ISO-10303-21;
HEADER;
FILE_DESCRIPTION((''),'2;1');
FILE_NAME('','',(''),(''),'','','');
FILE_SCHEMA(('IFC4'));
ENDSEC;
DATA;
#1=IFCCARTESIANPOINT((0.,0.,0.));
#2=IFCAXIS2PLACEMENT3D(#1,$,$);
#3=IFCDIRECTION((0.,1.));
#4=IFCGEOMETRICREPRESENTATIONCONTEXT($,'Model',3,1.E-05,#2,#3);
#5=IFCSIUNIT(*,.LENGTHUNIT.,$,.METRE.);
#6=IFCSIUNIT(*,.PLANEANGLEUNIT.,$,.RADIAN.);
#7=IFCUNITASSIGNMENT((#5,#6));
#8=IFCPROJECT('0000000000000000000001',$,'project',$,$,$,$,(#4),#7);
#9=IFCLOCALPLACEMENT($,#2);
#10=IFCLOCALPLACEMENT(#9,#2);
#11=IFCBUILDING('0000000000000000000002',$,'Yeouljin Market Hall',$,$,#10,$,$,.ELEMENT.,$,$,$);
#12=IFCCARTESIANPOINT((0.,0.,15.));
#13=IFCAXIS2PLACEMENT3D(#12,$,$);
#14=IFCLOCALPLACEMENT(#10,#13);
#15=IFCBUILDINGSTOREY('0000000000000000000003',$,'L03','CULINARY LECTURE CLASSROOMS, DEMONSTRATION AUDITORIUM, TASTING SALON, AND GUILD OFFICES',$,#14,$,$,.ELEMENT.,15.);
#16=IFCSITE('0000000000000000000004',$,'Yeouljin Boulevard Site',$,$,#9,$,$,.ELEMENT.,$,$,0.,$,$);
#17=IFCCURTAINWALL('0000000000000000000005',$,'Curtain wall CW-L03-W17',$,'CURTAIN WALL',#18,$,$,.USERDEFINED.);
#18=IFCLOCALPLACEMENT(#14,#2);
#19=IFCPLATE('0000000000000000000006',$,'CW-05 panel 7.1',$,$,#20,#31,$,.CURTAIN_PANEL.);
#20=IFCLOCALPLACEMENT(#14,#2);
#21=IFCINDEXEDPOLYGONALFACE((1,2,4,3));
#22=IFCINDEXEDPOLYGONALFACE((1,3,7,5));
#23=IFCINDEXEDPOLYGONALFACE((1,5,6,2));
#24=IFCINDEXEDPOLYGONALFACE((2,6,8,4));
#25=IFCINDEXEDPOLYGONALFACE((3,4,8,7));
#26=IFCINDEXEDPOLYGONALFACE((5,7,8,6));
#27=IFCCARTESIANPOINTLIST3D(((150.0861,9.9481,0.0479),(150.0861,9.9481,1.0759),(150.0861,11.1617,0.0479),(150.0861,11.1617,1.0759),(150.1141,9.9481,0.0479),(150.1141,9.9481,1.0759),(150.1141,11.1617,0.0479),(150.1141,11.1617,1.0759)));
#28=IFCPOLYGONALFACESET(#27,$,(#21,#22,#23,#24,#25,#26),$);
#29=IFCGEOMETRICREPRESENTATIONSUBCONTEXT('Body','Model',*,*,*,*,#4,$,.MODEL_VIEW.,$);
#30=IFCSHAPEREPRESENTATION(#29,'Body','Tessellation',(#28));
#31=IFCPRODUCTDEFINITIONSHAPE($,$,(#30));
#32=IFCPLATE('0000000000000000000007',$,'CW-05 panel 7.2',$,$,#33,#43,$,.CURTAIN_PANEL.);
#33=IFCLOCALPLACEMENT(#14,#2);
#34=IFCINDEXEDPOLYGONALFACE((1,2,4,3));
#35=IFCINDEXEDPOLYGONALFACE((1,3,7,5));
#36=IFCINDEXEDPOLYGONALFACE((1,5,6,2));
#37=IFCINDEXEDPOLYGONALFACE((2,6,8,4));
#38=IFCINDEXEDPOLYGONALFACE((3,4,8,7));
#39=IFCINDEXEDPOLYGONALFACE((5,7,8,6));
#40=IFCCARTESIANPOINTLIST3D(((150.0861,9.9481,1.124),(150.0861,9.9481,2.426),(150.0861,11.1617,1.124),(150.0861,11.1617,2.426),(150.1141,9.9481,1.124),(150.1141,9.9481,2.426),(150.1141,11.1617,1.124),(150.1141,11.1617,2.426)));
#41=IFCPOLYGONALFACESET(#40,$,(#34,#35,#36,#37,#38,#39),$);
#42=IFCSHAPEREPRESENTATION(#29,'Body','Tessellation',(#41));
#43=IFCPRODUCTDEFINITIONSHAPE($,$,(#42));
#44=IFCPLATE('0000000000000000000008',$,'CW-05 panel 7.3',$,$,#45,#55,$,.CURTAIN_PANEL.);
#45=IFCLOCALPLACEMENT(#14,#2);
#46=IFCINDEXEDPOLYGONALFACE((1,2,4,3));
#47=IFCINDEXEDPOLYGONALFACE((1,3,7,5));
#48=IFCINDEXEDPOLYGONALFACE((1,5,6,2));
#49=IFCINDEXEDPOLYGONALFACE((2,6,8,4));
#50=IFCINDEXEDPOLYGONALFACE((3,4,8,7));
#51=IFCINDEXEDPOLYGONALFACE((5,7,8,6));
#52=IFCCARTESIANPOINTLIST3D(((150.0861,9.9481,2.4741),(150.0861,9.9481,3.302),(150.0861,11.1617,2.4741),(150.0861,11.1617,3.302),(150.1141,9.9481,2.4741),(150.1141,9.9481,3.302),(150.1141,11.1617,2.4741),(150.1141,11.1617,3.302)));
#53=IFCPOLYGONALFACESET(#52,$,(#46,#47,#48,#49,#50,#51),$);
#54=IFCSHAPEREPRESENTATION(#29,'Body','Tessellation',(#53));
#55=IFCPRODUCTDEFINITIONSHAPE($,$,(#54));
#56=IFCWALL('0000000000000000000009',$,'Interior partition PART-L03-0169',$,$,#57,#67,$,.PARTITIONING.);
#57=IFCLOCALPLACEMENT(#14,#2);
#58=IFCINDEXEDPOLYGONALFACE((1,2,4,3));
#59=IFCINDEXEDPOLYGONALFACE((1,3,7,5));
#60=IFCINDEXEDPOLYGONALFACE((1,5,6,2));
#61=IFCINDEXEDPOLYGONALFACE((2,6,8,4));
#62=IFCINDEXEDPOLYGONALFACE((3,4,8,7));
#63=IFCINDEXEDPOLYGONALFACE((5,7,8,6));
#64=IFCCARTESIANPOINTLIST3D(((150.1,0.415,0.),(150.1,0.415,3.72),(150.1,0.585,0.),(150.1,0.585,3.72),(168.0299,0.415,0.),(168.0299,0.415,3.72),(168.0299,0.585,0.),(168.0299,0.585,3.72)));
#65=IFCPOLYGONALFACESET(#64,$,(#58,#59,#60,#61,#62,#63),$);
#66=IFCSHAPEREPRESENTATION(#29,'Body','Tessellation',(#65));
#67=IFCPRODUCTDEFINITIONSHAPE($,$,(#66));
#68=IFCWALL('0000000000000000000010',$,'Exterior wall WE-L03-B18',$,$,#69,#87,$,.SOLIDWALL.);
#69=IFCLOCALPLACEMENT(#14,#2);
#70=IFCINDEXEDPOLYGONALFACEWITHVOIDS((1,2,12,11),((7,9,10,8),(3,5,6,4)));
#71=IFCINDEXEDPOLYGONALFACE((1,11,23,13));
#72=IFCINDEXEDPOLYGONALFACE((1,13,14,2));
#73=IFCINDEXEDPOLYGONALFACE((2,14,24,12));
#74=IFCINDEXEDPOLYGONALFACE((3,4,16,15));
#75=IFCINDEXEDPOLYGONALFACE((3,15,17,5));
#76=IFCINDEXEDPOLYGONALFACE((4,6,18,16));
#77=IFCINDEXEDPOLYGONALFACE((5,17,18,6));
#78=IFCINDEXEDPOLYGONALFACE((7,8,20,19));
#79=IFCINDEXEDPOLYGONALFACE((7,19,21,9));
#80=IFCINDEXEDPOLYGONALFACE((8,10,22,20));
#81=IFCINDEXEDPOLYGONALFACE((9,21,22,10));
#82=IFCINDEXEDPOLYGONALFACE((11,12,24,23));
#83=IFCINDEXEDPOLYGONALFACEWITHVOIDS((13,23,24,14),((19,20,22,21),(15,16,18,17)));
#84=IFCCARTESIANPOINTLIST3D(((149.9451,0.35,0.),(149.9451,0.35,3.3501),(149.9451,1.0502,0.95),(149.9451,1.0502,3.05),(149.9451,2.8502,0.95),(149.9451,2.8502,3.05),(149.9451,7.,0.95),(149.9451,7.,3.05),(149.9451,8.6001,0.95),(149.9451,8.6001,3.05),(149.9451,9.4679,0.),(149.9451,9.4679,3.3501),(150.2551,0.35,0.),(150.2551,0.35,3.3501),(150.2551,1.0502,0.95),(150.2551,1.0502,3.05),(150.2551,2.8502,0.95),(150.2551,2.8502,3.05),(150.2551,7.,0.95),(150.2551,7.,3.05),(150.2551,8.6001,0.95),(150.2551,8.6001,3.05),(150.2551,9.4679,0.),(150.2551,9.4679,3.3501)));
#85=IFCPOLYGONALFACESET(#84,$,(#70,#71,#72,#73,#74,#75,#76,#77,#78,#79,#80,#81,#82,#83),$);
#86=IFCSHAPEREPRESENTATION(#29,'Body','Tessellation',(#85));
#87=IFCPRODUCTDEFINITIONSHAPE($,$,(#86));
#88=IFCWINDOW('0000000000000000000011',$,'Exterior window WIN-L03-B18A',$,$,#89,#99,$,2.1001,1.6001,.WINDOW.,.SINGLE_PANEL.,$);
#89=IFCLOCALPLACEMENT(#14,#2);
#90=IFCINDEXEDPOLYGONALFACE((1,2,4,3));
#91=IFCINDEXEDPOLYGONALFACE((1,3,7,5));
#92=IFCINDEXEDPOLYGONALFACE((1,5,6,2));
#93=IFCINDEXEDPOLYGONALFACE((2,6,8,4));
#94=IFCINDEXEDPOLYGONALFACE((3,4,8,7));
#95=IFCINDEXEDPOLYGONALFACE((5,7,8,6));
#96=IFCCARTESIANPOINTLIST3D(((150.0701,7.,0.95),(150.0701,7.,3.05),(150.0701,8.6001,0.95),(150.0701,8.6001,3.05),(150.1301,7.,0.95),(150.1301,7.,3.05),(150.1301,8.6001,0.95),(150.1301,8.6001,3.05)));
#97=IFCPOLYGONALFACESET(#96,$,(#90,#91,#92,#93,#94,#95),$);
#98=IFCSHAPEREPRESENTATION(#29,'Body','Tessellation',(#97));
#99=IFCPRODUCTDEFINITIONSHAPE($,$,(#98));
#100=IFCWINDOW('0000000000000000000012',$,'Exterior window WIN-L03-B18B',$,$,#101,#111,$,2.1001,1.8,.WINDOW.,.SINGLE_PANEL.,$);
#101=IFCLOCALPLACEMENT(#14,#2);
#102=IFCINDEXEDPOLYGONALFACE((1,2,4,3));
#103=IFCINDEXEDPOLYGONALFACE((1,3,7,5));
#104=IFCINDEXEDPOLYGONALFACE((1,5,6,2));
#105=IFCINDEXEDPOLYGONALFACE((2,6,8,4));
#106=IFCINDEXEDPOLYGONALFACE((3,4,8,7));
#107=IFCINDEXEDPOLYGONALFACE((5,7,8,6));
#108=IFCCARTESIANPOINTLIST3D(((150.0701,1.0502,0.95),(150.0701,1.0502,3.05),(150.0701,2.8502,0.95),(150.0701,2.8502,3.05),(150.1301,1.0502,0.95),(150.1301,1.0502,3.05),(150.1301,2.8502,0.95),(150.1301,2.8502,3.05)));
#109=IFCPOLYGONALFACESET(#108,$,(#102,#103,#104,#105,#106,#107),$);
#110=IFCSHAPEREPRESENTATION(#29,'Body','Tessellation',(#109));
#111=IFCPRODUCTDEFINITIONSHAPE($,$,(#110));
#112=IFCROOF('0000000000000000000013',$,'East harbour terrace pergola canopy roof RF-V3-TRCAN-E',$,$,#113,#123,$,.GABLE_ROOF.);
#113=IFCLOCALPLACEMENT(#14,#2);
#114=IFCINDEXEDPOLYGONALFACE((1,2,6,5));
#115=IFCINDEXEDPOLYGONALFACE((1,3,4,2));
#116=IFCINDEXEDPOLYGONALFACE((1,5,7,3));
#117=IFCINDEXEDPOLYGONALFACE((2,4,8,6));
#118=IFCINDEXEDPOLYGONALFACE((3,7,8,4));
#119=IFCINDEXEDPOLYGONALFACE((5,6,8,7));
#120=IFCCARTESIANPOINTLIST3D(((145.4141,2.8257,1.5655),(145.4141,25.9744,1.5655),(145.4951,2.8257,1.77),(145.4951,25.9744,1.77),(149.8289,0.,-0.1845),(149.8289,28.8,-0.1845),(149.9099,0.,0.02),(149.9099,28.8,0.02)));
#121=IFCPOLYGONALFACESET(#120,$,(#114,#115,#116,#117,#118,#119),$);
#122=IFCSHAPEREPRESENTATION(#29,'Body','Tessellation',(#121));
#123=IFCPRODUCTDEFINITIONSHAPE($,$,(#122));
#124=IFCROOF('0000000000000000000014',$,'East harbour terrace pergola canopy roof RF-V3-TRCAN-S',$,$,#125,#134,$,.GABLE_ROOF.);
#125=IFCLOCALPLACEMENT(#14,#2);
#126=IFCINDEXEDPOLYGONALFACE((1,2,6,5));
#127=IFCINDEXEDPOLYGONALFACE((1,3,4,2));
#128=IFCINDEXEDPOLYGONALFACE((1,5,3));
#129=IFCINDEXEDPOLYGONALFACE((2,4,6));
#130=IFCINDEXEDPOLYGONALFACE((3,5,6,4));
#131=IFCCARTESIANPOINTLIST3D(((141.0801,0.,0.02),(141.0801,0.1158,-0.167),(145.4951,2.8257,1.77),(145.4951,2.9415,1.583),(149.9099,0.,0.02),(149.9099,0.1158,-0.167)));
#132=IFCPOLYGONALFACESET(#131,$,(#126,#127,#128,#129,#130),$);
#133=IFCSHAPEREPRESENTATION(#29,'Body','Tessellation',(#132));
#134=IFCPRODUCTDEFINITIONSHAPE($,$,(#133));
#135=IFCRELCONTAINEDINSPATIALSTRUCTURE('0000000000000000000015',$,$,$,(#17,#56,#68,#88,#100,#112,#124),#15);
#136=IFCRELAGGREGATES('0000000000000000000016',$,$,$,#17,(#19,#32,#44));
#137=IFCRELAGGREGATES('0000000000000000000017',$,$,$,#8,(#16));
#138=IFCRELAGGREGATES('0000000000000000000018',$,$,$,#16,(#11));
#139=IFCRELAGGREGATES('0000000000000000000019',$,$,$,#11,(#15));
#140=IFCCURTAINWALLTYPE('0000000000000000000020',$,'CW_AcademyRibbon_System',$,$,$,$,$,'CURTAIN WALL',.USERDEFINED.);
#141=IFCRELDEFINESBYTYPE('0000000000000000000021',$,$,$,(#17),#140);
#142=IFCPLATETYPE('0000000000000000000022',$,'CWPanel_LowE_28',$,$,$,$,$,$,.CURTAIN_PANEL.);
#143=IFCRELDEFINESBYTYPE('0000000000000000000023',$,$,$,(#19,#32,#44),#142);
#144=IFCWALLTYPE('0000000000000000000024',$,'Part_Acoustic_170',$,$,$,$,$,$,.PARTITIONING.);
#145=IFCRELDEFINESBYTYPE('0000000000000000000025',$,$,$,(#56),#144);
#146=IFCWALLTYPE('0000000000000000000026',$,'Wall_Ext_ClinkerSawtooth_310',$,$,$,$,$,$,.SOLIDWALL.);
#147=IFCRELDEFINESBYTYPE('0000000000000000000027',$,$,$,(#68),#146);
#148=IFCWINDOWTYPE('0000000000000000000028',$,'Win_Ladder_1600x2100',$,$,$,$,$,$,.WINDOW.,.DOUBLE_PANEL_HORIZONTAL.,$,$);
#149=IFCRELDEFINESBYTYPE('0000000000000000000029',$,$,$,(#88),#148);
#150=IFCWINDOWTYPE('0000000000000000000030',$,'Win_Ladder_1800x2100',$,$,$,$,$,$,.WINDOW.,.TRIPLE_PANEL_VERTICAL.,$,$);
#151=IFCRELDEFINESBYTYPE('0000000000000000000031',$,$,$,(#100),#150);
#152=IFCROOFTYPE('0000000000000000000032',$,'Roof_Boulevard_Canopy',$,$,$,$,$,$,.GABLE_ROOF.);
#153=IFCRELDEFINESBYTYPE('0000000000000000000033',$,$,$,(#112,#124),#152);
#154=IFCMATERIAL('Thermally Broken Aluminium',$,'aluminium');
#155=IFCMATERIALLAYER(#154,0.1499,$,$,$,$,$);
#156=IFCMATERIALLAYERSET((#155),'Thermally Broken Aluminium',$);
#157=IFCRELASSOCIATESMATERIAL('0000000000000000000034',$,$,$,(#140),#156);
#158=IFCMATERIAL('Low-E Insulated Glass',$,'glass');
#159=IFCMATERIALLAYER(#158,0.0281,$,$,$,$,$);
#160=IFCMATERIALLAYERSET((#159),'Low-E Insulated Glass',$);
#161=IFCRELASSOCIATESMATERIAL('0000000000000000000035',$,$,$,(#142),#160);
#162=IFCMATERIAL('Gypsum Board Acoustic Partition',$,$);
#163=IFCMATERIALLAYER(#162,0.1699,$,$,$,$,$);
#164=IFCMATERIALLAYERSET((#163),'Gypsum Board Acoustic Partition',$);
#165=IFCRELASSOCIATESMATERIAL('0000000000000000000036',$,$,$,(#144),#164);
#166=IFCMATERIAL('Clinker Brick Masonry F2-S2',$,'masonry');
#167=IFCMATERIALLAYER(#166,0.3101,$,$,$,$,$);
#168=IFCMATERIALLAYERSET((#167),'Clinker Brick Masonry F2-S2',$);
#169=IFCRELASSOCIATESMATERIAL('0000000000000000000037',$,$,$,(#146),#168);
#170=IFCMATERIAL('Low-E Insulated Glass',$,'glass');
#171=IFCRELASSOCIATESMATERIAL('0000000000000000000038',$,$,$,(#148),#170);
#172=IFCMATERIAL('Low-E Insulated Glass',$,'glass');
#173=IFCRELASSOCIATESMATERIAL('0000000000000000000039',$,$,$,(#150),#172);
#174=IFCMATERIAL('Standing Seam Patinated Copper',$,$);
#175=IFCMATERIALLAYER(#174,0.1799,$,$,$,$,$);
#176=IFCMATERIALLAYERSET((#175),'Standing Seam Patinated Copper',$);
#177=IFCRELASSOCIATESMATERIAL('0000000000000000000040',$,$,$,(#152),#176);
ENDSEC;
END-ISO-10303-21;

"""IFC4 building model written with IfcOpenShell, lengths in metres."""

from ifc_helpers import new_model, si_unit, direction, frame, frame_2d, origin, origin_2d, place, context, subcontext, project, spatial, polyline, rectangle, outline, extrude, material, layer, layer_set, type_object, element, fill, aggregate, save


model = new_model("IFC4")

# Units and contexts
model_context = context("Model", 3, precision=1e-05, world=origin(), true_north=direction((0.0, 1.0)))
body_context = subcontext(model_context, "Body", "Model", "MODEL_VIEW")
ifc_project = project(units=[si_unit("LENGTHUNIT", "METRE"), si_unit("PLANEANGLEUNIT", "RADIAN")], contexts=[model_context])

# Site, building, storey
site_placement = place(None, origin())
site = spatial("IfcSite", under=ifc_project, at=site_placement, Name="Yeouljin Boulevard Site", CompositionType="ELEMENT", RefElevation=0.0)
building_placement = place(site_placement, origin())
building = spatial("IfcBuilding", under=site, at=building_placement, Name="Yeouljin Market Hall", CompositionType="ELEMENT")
storey_placement = place(building_placement, frame((0.0, 0.0, 15.0)))
storey = spatial("IfcBuildingStorey", under=building, at=storey_placement, Name="L03", Description="CULINARY LECTURE CLASSROOMS, DEMONSTRATION AUDITORIUM, TASTING SALON, AND GUILD OFFICES", CompositionType="ELEMENT", Elevation=15.0)

# Curtain wall
ifc_material_1 = material(Name="Thermally Broken Aluminium", Category="aluminium")
ifc_layer_1 = layer(ifc_material_1, 0.1499)
ifc_layer_set_1 = layer_set([ifc_layer_1], Name="Thermally Broken Aluminium")
curtain_wall_type = type_object("IfcCurtainWallType", Name="CW_AcademyRibbon_System", ElementType="CURTAIN WALL", PredefinedType="USERDEFINED", material=ifc_layer_set_1)
curtain_wall_placement = place(storey_placement, origin())
curtain_wall = element("IfcCurtainWall", 1, at=curtain_wall_placement, inside=storey, type_object=curtain_wall_type, Name="Curtain wall CW-L03-W17", ObjectType="CURTAIN WALL", PredefinedType="USERDEFINED")

# Plates
ifc_material_2 = material(Name="Low-E Insulated Glass", Category="glass")
ifc_layer_2 = layer(ifc_material_2, 0.0281)
ifc_layer_set_2 = layer_set([ifc_layer_2], Name="Low-E Insulated Glass")
plate_type = type_object("IfcPlateType", Name="CWPanel_LowE_28", PredefinedType="CURTAIN_PANEL", material=ifc_layer_set_2)
plate_1_placement = place(storey_placement, frame((150.1001, 10.5549, 0.0479), z_axis=(0.0, 0.0, 1.0), x_axis=(0.0, -1.0, 0.0)))
plate_1 = element("IfcPlate", 2, at=plate_1_placement, type_object=plate_type, Name="CW-05 panel 7.1", PredefinedType="CURTAIN_PANEL", context=body_context, shape_type="SweptSolid", body=[
    extrude(rectangle(XDim=1.2136, YDim=0.0281, at=origin_2d()), origin(), (0.0, 0.0, 1.0), 1.0281),
])
plate_2_placement = place(storey_placement, frame((150.1001, 10.5549, 1.124), z_axis=(0.0, 0.0, 1.0), x_axis=(0.0, -1.0, 0.0)))
plate_2 = element("IfcPlate", 3, at=plate_2_placement, type_object=plate_type, Name="CW-05 panel 7.2", PredefinedType="CURTAIN_PANEL", context=body_context, shape_type="SweptSolid", body=[
    extrude(rectangle(XDim=1.2136, YDim=0.0281, at=origin_2d()), origin(), (0.0, 0.0, 1.0), 1.302),
])
plate_3_placement = place(storey_placement, frame((150.1001, 10.5549, 2.4741), z_axis=(0.0, 0.0, 1.0), x_axis=(0.0, -1.0, 0.0)))
plate_3 = element("IfcPlate", 4, at=plate_3_placement, type_object=plate_type, Name="CW-05 panel 7.3", PredefinedType="CURTAIN_PANEL", context=body_context, shape_type="SweptSolid", body=[
    extrude(rectangle(XDim=1.2136, YDim=0.0281, at=origin_2d()), origin(), (0.0, 0.0, 1.0), 0.8279),
])
aggregate(curtain_wall, [plate_1, plate_2, plate_3])

# Wall
ifc_material_3 = material(Name="Gypsum Board Acoustic Partition")
ifc_layer_3 = layer(ifc_material_3, 0.1699)
ifc_layer_set_3 = layer_set([ifc_layer_3], Name="Gypsum Board Acoustic Partition")
wall_type_1 = type_object("IfcWallType", Name="Part_Acoustic_170", PredefinedType="PARTITIONING", material=ifc_layer_set_3)
wall_1_placement = place(storey_placement, frame((150.1001, 0.5, 0.0), z_axis=(0.0, 0.0, 1.0), x_axis=(1.0, 0.0, 0.0)))
element("IfcWall", 5, at=wall_1_placement, inside=storey, type_object=wall_type_1, Name="Interior partition PART-L03-0169", PredefinedType="PARTITIONING", context=body_context, shape_type="SweptSolid", body=[
    extrude(rectangle(XDim=17.9299, YDim=0.1699, at=frame_2d((8.9648, 0.0))), origin(), (0.0, 0.0, 1.0), 3.72),
])

# Wall, openings, windows
ifc_material_4 = material(Name="Clinker Brick Masonry F2-S2", Category="masonry")
ifc_layer_4 = layer(ifc_material_4, 0.3101)
ifc_layer_set_4 = layer_set([ifc_layer_4], Name="Clinker Brick Masonry F2-S2")
wall_type_2 = type_object("IfcWallType", Name="Wall_Ext_ClinkerSawtooth_310", PredefinedType="SOLIDWALL", material=ifc_layer_set_4)
wall_2_placement = place(storey_placement, frame((150.1001, 9.468, 0.0), z_axis=(0.0, 0.0, 1.0), x_axis=(0.0, -1.0, 0.0)))
wall_2 = element("IfcWall", 6, at=wall_2_placement, inside=storey, type_object=wall_type_2, Name="Exterior wall WE-L03-B18", PredefinedType="SOLIDWALL", context=body_context, shape_type="SweptSolid", body=[
    extrude(rectangle(XDim=9.1179, YDim=0.3101, at=frame_2d((4.5591, 0.0))), origin(), (0.0, 0.0, 1.0), 3.3501),
])
opening_1_placement = place(wall_2_placement, frame((0.8679, 0.0, 0.95)))
opening_1 = element("IfcOpeningElement", 7, at=opening_1_placement, cuts=wall_2, PredefinedType="OPENING", context=body_context, shape_type="SweptSolid", body=[
    extrude(rectangle(XDim=1.6001, YDim=2.1001, at=frame_2d((0.8, 1.05))), frame((0.0, 0.165, 0.0), z_axis=(0.0, -1.0, 0.0), x_axis=(1.0, 0.0, 0.0)), (0.0, 0.0, 1.0), 0.3301),
])
opening_2_placement = place(wall_2_placement, frame((6.6179, 0.0, 0.95)))
opening_2 = element("IfcOpeningElement", 8, at=opening_2_placement, cuts=wall_2, PredefinedType="OPENING", context=body_context, shape_type="SweptSolid", body=[
    extrude(rectangle(XDim=1.8, YDim=2.1001, at=frame_2d((0.8999, 1.05))), frame((0.0, 0.165, 0.0), z_axis=(0.0, -1.0, 0.0), x_axis=(1.0, 0.0, 0.0)), (0.0, 0.0, 1.0), 0.3301),
])
ifc_material_5 = material(Name="Low-E Insulated Glass", Category="glass")
window_type_1 = type_object("IfcWindowType", Name="Win_Ladder_1600x2100", PartitioningType="DOUBLE_PANEL_HORIZONTAL", PredefinedType="WINDOW", material=ifc_material_5)
window_1_placement = place(opening_1_placement, origin())
window_1 = element("IfcWindow", 9, at=window_1_placement, inside=storey, type_object=window_type_1, Name="Exterior window WIN-L03-B18A", OverallHeight=2.1001, OverallWidth=1.6001, PartitioningType="SINGLE_PANEL", PredefinedType="WINDOW", context=body_context, shape_type="SweptSolid", body=[
    extrude(rectangle(XDim=1.6001, YDim=2.1001, at=frame_2d((0.8, 1.05))), frame((0.0, 0.03, 0.0), z_axis=(0.0, -1.0, 0.0), x_axis=(1.0, 0.0, 0.0)), (0.0, 0.0, 1.0), 0.0601),
])
fill(opening_1, window_1)
ifc_material_6 = material(Name="Low-E Insulated Glass", Category="glass")
window_type_2 = type_object("IfcWindowType", Name="Win_Ladder_1800x2100", PartitioningType="TRIPLE_PANEL_VERTICAL", PredefinedType="WINDOW", material=ifc_material_6)
window_2_placement = place(opening_2_placement, origin())
window_2 = element("IfcWindow", 10, at=window_2_placement, inside=storey, type_object=window_type_2, Name="Exterior window WIN-L03-B18B", OverallHeight=2.1001, OverallWidth=1.8, PartitioningType="SINGLE_PANEL", PredefinedType="WINDOW", context=body_context, shape_type="SweptSolid", body=[
    extrude(rectangle(XDim=1.8, YDim=2.1001, at=frame_2d((0.8999, 1.05))), frame((0.0, 0.03, 0.0), z_axis=(0.0, -1.0, 0.0), x_axis=(1.0, 0.0, 0.0)), (0.0, 0.0, 1.0), 0.0601),
])
fill(opening_2, window_2)

# Roofs
ifc_material_7 = material(Name="Standing Seam Patinated Copper")
ifc_layer_5 = layer(ifc_material_7, 0.1799)
ifc_layer_set_5 = layer_set([ifc_layer_5], Name="Standing Seam Patinated Copper")
roof_type = type_object("IfcRoofType", Name="Roof_Boulevard_Canopy", PredefinedType="GABLE_ROOF", material=ifc_layer_set_5)
roof_1_placement = place(storey_placement, frame((149.9099, 0.0, 0.02), z_axis=(0.368499, 0.0, 0.929628), x_axis=(0.0, 1.0, 0.0)))
element("IfcRoof", 11, at=roof_1_placement, inside=storey, type_object=roof_type, Name="East harbour terrace pergola canopy roof RF-V3-TRCAN-E", PredefinedType="GABLE_ROOF", context=body_context, shape_type="SweptSolid", body=[
    extrude(outline(polyline([(0.0, 0.0), (28.8, 0.0), (25.9744, 4.749), (2.8257, 4.749), (0.0, 0.0)])), origin(), (0.0, 0.0, -1.0), 0.22),
])
roof_2_placement = place(storey_placement, frame((141.0801, 0.0, 0.02), z_axis=(0.0, -0.526522, 0.850162), x_axis=(1.0, 0.0, 0.0)))
element("IfcRoof", 12, at=roof_2_placement, inside=storey, type_object=roof_type, Name="East harbour terrace pergola canopy roof RF-V3-TRCAN-S", PredefinedType="GABLE_ROOF", context=body_context, shape_type="SweptSolid", body=[
    extrude(outline(polyline([(0.0, 0.0), (8.8298, 0.0), (4.415, 3.3237), (0.0, 0.0)])), origin(), (0.0, 0.0, -1.0), 0.22),
])

save(model, "model.ifc")
